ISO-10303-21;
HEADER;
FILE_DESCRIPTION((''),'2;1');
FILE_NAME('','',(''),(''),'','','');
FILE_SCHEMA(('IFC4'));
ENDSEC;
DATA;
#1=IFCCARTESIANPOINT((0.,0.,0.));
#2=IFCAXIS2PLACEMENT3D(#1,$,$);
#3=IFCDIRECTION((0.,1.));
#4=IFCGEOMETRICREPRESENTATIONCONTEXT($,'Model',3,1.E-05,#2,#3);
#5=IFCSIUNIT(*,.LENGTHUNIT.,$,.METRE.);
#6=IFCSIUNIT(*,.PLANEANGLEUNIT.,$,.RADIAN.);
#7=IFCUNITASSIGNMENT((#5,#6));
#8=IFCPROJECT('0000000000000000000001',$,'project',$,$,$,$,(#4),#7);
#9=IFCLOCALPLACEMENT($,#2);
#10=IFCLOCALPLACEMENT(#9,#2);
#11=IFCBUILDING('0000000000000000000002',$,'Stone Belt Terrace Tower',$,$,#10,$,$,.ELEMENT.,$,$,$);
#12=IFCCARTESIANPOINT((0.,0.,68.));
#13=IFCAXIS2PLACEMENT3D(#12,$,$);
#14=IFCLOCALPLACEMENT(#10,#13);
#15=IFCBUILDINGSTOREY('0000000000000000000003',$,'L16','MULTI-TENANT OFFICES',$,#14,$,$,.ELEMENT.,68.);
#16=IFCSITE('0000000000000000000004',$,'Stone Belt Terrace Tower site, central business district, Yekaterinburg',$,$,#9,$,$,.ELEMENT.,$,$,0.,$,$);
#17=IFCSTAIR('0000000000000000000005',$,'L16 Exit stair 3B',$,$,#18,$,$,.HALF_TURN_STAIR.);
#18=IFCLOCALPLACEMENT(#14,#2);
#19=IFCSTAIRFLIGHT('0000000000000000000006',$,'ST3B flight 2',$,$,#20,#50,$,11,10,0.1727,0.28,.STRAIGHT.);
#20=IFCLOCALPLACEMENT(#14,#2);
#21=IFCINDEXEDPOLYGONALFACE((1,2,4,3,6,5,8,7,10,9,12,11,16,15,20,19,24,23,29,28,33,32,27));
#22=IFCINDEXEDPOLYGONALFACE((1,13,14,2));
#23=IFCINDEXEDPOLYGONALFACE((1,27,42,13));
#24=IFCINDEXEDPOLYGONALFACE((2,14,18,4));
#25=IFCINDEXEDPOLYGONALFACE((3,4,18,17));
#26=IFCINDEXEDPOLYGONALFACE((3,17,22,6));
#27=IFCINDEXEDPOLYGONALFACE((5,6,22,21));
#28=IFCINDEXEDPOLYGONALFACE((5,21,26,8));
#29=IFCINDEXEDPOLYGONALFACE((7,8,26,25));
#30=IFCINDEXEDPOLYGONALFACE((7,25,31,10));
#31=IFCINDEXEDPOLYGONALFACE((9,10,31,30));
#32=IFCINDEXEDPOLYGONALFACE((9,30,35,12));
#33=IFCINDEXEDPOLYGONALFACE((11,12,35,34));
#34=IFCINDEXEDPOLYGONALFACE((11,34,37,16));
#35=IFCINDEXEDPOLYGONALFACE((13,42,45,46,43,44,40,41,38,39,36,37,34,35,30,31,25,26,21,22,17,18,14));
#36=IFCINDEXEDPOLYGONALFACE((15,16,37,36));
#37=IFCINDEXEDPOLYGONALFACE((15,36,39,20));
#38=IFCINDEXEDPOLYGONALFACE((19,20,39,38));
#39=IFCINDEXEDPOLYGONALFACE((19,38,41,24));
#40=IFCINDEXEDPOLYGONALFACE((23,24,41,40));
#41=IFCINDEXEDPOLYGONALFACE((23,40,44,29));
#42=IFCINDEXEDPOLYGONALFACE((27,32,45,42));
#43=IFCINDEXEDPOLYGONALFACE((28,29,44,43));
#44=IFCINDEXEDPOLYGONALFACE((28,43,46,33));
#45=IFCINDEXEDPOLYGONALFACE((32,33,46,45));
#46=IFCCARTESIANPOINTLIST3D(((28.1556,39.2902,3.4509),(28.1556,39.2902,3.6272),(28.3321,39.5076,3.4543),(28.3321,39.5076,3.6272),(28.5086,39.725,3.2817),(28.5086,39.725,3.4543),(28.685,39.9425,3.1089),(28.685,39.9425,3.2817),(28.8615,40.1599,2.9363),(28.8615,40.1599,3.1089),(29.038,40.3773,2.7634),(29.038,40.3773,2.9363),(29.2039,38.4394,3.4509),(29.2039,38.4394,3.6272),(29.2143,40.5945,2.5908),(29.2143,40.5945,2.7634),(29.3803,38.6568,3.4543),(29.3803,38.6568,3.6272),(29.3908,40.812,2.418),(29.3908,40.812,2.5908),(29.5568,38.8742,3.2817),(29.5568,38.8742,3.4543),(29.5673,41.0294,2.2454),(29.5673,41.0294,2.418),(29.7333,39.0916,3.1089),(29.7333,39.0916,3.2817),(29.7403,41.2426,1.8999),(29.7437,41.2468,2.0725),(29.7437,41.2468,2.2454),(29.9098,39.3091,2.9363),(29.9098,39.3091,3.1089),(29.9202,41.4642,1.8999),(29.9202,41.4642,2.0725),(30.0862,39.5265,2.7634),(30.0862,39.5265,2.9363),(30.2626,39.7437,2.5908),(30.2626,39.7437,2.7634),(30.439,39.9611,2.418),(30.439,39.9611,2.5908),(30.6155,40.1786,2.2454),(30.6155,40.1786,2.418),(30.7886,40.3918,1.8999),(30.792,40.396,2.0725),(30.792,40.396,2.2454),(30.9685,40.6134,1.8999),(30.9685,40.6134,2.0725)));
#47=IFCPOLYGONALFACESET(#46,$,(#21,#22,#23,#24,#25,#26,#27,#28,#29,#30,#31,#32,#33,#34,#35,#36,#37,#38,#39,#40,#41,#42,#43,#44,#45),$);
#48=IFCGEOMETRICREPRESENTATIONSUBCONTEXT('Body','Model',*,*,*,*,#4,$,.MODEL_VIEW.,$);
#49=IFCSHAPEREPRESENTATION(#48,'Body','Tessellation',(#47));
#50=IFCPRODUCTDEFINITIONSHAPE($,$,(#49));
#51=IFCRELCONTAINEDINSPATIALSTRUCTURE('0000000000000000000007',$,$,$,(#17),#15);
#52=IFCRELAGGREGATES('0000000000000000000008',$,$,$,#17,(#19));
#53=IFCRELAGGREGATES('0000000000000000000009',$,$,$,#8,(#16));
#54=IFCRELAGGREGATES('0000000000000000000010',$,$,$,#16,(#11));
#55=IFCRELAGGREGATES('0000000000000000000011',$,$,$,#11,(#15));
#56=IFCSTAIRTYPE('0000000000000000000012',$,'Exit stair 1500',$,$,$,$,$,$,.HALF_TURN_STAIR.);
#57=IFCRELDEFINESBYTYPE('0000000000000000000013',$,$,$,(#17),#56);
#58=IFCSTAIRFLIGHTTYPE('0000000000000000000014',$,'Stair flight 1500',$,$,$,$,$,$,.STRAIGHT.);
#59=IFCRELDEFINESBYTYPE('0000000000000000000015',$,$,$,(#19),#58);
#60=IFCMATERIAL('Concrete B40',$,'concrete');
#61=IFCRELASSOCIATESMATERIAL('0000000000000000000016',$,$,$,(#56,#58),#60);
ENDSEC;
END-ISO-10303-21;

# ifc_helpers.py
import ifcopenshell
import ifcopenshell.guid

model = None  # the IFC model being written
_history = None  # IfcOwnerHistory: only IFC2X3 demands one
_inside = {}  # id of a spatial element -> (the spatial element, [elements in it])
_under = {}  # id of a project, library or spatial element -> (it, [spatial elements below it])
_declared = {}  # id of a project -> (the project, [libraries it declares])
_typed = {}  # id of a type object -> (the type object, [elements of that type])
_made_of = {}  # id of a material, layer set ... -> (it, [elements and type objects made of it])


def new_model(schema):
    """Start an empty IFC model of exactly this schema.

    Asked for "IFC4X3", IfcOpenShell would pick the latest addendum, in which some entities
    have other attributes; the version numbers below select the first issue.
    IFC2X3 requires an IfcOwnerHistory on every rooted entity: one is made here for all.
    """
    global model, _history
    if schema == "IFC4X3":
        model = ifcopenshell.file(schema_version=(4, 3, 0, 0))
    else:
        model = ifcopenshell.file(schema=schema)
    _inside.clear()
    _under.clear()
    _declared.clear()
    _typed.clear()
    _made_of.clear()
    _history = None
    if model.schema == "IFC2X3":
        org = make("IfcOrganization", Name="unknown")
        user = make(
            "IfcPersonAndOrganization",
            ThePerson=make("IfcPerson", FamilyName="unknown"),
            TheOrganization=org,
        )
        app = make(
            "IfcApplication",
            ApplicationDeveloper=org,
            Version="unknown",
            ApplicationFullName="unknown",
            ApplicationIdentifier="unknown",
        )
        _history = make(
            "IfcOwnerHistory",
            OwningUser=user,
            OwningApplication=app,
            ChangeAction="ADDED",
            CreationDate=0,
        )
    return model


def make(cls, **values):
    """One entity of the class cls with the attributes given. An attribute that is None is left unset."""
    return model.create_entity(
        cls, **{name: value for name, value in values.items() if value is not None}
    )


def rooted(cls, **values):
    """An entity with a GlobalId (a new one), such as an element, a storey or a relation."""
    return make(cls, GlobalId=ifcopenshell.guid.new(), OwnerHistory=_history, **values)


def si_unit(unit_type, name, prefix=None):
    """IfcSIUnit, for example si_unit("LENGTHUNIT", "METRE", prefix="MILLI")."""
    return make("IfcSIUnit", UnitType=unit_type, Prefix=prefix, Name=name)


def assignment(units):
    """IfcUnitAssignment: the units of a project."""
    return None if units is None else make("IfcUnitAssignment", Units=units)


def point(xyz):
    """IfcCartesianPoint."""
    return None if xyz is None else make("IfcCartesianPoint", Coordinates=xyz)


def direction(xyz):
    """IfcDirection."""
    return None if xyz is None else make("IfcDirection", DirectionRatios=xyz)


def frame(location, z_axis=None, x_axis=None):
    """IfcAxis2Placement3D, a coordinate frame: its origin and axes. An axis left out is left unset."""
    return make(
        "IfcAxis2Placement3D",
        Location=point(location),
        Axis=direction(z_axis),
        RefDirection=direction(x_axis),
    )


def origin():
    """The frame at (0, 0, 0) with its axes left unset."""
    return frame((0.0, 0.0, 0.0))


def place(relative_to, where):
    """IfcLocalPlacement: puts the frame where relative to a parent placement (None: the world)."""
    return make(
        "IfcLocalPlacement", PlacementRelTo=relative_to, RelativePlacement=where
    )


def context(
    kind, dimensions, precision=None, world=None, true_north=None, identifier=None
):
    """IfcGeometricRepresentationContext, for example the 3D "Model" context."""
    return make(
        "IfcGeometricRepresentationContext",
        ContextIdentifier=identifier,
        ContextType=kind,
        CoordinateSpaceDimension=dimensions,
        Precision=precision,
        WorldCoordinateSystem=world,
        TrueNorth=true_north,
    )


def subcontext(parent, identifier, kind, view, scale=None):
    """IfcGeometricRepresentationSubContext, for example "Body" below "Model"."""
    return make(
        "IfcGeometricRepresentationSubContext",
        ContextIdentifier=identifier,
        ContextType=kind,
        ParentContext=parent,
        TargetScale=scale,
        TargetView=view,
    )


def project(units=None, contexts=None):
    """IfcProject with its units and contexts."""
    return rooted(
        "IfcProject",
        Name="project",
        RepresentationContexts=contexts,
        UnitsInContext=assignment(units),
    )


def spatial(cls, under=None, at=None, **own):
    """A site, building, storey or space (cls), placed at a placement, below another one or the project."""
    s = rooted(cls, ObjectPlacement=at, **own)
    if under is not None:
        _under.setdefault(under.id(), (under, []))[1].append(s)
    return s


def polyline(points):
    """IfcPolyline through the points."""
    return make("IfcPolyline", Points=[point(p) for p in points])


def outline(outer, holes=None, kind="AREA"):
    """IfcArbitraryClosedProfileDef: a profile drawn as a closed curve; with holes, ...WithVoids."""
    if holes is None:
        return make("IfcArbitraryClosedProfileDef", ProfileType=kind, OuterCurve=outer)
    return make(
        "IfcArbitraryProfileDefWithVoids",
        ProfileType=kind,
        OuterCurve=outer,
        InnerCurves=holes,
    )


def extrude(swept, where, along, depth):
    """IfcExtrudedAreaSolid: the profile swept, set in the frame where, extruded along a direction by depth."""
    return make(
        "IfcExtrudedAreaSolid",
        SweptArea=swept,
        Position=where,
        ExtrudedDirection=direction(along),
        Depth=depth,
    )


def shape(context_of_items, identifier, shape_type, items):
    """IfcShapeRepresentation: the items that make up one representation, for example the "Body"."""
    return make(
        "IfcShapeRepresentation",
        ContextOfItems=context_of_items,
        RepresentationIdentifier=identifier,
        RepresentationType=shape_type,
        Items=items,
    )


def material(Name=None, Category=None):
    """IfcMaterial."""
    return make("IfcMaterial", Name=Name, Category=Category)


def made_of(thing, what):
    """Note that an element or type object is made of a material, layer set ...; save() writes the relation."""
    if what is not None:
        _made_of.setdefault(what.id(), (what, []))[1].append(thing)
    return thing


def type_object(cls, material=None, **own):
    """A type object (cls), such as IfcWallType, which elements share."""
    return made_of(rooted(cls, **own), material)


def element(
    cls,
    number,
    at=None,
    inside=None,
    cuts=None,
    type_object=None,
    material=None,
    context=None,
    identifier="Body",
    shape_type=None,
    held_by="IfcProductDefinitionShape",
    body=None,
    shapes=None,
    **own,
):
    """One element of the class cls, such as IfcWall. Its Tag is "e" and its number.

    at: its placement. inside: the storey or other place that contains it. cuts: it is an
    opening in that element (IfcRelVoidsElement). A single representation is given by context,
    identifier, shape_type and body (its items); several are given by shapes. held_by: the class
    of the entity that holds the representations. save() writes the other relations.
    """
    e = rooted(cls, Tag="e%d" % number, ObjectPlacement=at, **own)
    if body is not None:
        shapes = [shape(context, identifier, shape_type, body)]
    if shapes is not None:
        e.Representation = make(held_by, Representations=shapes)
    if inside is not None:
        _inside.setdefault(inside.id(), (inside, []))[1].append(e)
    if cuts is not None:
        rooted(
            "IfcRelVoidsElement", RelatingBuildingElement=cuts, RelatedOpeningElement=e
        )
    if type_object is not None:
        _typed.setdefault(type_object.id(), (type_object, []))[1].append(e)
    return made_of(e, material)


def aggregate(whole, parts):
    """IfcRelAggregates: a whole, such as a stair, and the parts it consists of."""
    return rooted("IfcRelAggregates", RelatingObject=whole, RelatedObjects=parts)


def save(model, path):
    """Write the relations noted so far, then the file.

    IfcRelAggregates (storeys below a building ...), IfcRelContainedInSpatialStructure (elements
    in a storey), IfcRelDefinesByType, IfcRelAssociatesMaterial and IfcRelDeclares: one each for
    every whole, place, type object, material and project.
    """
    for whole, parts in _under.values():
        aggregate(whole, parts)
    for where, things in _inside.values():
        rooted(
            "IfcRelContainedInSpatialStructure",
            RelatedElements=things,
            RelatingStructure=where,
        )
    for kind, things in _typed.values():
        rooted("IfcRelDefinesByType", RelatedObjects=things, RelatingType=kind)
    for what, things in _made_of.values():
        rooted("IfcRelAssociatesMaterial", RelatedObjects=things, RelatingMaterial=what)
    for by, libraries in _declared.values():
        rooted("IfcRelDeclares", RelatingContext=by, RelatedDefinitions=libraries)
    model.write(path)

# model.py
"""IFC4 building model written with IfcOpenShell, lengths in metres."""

from ifc_helpers import new_model, si_unit, direction, frame, origin, place, context, subcontext, project, spatial, polyline, outline, extrude, material, type_object, element, aggregate, save


model = new_model("IFC4")

# Units and contexts
model_context = context("Model", 3, precision=1e-05, world=origin(), true_north=direction((0.0, 1.0)))
body_context = subcontext(model_context, "Body", "Model", "MODEL_VIEW")
ifc_project = project(units=[si_unit("LENGTHUNIT", "METRE"), si_unit("PLANEANGLEUNIT", "RADIAN")], contexts=[model_context])

# Site, building, storey
site_placement = place(None, origin())
site = spatial("IfcSite", under=ifc_project, at=site_placement, Name="Stone Belt Terrace Tower site, central business district, Yekaterinburg", CompositionType="ELEMENT", RefElevation=0.0)
building_placement = place(site_placement, origin())
building = spatial("IfcBuilding", under=site, at=building_placement, Name="Stone Belt Terrace Tower", CompositionType="ELEMENT")
storey_placement = place(building_placement, frame((0.0, 0.0, 68.0)))
storey = spatial("IfcBuildingStorey", under=building, at=storey_placement, Name="L16", Description="MULTI-TENANT OFFICES", CompositionType="ELEMENT", Elevation=68.0)

# Stair, stair flight
ifc_material_1 = material(Name="Concrete B40", Category="concrete")
stair_type = type_object("IfcStairType", Name="Exit stair 1500", PredefinedType="HALF_TURN_STAIR", material=ifc_material_1)
stair_placement = place(storey_placement, origin())
stair = element("IfcStair", 1, at=stair_placement, inside=storey, type_object=stair_type, Name="L16 Exit stair 3B", PredefinedType="HALF_TURN_STAIR")
stair_flight_type = type_object("IfcStairFlightType", Name="Stair flight 1500", PredefinedType="STRAIGHT", material=ifc_material_1)
stair_flight_placement = place(storey_placement, frame((30.4443, 41.0388, 1.8999), z_axis=(0.0, 0.0, 1.0), x_axis=(-0.630206, -0.776428, 0.0)))
stair_flight = element("IfcStairFlight", 2, at=stair_flight_placement, type_object=stair_flight_type, Name="ST3B flight 2", NumberOfRisers=11, NumberOfTreads=10, PredefinedType="STRAIGHT", RiserHeight=0.1727, TreadLength=0.28, context=body_context, shape_type="SweptSolid", body=[
    extrude(outline(polyline([(0.0, 0.0), (0.0, 0.1726), (0.28, 0.1726), (0.28, 0.3455), (0.5601, 0.3455), (0.5601, 0.5181), (0.8401, 0.5181), (0.8401, 0.6909), (1.1201, 0.6909), (1.1201, 0.8635), (1.3999, 0.8635), (1.3999, 1.0364), (1.6799, 1.0364), (1.6799, 1.209), (1.96, 1.209), (1.96, 1.3818), (2.24, 1.3818), (2.24, 1.5544), (2.52, 1.5544), (2.52, 1.7273), (2.8, 1.7273), (2.8, 1.8999), (2.8, 1.551), (0.2854, 0.0), (0.0, 0.0)])), frame((0.0, 0.675, 0.0), z_axis=(0.0, -1.0, 0.0), x_axis=(1.0, 0.0, 0.0)), (0.0, 0.0, 1.0), 1.3501),
])
aggregate(stair, [stair_flight])

save(model, "model.ifc")
